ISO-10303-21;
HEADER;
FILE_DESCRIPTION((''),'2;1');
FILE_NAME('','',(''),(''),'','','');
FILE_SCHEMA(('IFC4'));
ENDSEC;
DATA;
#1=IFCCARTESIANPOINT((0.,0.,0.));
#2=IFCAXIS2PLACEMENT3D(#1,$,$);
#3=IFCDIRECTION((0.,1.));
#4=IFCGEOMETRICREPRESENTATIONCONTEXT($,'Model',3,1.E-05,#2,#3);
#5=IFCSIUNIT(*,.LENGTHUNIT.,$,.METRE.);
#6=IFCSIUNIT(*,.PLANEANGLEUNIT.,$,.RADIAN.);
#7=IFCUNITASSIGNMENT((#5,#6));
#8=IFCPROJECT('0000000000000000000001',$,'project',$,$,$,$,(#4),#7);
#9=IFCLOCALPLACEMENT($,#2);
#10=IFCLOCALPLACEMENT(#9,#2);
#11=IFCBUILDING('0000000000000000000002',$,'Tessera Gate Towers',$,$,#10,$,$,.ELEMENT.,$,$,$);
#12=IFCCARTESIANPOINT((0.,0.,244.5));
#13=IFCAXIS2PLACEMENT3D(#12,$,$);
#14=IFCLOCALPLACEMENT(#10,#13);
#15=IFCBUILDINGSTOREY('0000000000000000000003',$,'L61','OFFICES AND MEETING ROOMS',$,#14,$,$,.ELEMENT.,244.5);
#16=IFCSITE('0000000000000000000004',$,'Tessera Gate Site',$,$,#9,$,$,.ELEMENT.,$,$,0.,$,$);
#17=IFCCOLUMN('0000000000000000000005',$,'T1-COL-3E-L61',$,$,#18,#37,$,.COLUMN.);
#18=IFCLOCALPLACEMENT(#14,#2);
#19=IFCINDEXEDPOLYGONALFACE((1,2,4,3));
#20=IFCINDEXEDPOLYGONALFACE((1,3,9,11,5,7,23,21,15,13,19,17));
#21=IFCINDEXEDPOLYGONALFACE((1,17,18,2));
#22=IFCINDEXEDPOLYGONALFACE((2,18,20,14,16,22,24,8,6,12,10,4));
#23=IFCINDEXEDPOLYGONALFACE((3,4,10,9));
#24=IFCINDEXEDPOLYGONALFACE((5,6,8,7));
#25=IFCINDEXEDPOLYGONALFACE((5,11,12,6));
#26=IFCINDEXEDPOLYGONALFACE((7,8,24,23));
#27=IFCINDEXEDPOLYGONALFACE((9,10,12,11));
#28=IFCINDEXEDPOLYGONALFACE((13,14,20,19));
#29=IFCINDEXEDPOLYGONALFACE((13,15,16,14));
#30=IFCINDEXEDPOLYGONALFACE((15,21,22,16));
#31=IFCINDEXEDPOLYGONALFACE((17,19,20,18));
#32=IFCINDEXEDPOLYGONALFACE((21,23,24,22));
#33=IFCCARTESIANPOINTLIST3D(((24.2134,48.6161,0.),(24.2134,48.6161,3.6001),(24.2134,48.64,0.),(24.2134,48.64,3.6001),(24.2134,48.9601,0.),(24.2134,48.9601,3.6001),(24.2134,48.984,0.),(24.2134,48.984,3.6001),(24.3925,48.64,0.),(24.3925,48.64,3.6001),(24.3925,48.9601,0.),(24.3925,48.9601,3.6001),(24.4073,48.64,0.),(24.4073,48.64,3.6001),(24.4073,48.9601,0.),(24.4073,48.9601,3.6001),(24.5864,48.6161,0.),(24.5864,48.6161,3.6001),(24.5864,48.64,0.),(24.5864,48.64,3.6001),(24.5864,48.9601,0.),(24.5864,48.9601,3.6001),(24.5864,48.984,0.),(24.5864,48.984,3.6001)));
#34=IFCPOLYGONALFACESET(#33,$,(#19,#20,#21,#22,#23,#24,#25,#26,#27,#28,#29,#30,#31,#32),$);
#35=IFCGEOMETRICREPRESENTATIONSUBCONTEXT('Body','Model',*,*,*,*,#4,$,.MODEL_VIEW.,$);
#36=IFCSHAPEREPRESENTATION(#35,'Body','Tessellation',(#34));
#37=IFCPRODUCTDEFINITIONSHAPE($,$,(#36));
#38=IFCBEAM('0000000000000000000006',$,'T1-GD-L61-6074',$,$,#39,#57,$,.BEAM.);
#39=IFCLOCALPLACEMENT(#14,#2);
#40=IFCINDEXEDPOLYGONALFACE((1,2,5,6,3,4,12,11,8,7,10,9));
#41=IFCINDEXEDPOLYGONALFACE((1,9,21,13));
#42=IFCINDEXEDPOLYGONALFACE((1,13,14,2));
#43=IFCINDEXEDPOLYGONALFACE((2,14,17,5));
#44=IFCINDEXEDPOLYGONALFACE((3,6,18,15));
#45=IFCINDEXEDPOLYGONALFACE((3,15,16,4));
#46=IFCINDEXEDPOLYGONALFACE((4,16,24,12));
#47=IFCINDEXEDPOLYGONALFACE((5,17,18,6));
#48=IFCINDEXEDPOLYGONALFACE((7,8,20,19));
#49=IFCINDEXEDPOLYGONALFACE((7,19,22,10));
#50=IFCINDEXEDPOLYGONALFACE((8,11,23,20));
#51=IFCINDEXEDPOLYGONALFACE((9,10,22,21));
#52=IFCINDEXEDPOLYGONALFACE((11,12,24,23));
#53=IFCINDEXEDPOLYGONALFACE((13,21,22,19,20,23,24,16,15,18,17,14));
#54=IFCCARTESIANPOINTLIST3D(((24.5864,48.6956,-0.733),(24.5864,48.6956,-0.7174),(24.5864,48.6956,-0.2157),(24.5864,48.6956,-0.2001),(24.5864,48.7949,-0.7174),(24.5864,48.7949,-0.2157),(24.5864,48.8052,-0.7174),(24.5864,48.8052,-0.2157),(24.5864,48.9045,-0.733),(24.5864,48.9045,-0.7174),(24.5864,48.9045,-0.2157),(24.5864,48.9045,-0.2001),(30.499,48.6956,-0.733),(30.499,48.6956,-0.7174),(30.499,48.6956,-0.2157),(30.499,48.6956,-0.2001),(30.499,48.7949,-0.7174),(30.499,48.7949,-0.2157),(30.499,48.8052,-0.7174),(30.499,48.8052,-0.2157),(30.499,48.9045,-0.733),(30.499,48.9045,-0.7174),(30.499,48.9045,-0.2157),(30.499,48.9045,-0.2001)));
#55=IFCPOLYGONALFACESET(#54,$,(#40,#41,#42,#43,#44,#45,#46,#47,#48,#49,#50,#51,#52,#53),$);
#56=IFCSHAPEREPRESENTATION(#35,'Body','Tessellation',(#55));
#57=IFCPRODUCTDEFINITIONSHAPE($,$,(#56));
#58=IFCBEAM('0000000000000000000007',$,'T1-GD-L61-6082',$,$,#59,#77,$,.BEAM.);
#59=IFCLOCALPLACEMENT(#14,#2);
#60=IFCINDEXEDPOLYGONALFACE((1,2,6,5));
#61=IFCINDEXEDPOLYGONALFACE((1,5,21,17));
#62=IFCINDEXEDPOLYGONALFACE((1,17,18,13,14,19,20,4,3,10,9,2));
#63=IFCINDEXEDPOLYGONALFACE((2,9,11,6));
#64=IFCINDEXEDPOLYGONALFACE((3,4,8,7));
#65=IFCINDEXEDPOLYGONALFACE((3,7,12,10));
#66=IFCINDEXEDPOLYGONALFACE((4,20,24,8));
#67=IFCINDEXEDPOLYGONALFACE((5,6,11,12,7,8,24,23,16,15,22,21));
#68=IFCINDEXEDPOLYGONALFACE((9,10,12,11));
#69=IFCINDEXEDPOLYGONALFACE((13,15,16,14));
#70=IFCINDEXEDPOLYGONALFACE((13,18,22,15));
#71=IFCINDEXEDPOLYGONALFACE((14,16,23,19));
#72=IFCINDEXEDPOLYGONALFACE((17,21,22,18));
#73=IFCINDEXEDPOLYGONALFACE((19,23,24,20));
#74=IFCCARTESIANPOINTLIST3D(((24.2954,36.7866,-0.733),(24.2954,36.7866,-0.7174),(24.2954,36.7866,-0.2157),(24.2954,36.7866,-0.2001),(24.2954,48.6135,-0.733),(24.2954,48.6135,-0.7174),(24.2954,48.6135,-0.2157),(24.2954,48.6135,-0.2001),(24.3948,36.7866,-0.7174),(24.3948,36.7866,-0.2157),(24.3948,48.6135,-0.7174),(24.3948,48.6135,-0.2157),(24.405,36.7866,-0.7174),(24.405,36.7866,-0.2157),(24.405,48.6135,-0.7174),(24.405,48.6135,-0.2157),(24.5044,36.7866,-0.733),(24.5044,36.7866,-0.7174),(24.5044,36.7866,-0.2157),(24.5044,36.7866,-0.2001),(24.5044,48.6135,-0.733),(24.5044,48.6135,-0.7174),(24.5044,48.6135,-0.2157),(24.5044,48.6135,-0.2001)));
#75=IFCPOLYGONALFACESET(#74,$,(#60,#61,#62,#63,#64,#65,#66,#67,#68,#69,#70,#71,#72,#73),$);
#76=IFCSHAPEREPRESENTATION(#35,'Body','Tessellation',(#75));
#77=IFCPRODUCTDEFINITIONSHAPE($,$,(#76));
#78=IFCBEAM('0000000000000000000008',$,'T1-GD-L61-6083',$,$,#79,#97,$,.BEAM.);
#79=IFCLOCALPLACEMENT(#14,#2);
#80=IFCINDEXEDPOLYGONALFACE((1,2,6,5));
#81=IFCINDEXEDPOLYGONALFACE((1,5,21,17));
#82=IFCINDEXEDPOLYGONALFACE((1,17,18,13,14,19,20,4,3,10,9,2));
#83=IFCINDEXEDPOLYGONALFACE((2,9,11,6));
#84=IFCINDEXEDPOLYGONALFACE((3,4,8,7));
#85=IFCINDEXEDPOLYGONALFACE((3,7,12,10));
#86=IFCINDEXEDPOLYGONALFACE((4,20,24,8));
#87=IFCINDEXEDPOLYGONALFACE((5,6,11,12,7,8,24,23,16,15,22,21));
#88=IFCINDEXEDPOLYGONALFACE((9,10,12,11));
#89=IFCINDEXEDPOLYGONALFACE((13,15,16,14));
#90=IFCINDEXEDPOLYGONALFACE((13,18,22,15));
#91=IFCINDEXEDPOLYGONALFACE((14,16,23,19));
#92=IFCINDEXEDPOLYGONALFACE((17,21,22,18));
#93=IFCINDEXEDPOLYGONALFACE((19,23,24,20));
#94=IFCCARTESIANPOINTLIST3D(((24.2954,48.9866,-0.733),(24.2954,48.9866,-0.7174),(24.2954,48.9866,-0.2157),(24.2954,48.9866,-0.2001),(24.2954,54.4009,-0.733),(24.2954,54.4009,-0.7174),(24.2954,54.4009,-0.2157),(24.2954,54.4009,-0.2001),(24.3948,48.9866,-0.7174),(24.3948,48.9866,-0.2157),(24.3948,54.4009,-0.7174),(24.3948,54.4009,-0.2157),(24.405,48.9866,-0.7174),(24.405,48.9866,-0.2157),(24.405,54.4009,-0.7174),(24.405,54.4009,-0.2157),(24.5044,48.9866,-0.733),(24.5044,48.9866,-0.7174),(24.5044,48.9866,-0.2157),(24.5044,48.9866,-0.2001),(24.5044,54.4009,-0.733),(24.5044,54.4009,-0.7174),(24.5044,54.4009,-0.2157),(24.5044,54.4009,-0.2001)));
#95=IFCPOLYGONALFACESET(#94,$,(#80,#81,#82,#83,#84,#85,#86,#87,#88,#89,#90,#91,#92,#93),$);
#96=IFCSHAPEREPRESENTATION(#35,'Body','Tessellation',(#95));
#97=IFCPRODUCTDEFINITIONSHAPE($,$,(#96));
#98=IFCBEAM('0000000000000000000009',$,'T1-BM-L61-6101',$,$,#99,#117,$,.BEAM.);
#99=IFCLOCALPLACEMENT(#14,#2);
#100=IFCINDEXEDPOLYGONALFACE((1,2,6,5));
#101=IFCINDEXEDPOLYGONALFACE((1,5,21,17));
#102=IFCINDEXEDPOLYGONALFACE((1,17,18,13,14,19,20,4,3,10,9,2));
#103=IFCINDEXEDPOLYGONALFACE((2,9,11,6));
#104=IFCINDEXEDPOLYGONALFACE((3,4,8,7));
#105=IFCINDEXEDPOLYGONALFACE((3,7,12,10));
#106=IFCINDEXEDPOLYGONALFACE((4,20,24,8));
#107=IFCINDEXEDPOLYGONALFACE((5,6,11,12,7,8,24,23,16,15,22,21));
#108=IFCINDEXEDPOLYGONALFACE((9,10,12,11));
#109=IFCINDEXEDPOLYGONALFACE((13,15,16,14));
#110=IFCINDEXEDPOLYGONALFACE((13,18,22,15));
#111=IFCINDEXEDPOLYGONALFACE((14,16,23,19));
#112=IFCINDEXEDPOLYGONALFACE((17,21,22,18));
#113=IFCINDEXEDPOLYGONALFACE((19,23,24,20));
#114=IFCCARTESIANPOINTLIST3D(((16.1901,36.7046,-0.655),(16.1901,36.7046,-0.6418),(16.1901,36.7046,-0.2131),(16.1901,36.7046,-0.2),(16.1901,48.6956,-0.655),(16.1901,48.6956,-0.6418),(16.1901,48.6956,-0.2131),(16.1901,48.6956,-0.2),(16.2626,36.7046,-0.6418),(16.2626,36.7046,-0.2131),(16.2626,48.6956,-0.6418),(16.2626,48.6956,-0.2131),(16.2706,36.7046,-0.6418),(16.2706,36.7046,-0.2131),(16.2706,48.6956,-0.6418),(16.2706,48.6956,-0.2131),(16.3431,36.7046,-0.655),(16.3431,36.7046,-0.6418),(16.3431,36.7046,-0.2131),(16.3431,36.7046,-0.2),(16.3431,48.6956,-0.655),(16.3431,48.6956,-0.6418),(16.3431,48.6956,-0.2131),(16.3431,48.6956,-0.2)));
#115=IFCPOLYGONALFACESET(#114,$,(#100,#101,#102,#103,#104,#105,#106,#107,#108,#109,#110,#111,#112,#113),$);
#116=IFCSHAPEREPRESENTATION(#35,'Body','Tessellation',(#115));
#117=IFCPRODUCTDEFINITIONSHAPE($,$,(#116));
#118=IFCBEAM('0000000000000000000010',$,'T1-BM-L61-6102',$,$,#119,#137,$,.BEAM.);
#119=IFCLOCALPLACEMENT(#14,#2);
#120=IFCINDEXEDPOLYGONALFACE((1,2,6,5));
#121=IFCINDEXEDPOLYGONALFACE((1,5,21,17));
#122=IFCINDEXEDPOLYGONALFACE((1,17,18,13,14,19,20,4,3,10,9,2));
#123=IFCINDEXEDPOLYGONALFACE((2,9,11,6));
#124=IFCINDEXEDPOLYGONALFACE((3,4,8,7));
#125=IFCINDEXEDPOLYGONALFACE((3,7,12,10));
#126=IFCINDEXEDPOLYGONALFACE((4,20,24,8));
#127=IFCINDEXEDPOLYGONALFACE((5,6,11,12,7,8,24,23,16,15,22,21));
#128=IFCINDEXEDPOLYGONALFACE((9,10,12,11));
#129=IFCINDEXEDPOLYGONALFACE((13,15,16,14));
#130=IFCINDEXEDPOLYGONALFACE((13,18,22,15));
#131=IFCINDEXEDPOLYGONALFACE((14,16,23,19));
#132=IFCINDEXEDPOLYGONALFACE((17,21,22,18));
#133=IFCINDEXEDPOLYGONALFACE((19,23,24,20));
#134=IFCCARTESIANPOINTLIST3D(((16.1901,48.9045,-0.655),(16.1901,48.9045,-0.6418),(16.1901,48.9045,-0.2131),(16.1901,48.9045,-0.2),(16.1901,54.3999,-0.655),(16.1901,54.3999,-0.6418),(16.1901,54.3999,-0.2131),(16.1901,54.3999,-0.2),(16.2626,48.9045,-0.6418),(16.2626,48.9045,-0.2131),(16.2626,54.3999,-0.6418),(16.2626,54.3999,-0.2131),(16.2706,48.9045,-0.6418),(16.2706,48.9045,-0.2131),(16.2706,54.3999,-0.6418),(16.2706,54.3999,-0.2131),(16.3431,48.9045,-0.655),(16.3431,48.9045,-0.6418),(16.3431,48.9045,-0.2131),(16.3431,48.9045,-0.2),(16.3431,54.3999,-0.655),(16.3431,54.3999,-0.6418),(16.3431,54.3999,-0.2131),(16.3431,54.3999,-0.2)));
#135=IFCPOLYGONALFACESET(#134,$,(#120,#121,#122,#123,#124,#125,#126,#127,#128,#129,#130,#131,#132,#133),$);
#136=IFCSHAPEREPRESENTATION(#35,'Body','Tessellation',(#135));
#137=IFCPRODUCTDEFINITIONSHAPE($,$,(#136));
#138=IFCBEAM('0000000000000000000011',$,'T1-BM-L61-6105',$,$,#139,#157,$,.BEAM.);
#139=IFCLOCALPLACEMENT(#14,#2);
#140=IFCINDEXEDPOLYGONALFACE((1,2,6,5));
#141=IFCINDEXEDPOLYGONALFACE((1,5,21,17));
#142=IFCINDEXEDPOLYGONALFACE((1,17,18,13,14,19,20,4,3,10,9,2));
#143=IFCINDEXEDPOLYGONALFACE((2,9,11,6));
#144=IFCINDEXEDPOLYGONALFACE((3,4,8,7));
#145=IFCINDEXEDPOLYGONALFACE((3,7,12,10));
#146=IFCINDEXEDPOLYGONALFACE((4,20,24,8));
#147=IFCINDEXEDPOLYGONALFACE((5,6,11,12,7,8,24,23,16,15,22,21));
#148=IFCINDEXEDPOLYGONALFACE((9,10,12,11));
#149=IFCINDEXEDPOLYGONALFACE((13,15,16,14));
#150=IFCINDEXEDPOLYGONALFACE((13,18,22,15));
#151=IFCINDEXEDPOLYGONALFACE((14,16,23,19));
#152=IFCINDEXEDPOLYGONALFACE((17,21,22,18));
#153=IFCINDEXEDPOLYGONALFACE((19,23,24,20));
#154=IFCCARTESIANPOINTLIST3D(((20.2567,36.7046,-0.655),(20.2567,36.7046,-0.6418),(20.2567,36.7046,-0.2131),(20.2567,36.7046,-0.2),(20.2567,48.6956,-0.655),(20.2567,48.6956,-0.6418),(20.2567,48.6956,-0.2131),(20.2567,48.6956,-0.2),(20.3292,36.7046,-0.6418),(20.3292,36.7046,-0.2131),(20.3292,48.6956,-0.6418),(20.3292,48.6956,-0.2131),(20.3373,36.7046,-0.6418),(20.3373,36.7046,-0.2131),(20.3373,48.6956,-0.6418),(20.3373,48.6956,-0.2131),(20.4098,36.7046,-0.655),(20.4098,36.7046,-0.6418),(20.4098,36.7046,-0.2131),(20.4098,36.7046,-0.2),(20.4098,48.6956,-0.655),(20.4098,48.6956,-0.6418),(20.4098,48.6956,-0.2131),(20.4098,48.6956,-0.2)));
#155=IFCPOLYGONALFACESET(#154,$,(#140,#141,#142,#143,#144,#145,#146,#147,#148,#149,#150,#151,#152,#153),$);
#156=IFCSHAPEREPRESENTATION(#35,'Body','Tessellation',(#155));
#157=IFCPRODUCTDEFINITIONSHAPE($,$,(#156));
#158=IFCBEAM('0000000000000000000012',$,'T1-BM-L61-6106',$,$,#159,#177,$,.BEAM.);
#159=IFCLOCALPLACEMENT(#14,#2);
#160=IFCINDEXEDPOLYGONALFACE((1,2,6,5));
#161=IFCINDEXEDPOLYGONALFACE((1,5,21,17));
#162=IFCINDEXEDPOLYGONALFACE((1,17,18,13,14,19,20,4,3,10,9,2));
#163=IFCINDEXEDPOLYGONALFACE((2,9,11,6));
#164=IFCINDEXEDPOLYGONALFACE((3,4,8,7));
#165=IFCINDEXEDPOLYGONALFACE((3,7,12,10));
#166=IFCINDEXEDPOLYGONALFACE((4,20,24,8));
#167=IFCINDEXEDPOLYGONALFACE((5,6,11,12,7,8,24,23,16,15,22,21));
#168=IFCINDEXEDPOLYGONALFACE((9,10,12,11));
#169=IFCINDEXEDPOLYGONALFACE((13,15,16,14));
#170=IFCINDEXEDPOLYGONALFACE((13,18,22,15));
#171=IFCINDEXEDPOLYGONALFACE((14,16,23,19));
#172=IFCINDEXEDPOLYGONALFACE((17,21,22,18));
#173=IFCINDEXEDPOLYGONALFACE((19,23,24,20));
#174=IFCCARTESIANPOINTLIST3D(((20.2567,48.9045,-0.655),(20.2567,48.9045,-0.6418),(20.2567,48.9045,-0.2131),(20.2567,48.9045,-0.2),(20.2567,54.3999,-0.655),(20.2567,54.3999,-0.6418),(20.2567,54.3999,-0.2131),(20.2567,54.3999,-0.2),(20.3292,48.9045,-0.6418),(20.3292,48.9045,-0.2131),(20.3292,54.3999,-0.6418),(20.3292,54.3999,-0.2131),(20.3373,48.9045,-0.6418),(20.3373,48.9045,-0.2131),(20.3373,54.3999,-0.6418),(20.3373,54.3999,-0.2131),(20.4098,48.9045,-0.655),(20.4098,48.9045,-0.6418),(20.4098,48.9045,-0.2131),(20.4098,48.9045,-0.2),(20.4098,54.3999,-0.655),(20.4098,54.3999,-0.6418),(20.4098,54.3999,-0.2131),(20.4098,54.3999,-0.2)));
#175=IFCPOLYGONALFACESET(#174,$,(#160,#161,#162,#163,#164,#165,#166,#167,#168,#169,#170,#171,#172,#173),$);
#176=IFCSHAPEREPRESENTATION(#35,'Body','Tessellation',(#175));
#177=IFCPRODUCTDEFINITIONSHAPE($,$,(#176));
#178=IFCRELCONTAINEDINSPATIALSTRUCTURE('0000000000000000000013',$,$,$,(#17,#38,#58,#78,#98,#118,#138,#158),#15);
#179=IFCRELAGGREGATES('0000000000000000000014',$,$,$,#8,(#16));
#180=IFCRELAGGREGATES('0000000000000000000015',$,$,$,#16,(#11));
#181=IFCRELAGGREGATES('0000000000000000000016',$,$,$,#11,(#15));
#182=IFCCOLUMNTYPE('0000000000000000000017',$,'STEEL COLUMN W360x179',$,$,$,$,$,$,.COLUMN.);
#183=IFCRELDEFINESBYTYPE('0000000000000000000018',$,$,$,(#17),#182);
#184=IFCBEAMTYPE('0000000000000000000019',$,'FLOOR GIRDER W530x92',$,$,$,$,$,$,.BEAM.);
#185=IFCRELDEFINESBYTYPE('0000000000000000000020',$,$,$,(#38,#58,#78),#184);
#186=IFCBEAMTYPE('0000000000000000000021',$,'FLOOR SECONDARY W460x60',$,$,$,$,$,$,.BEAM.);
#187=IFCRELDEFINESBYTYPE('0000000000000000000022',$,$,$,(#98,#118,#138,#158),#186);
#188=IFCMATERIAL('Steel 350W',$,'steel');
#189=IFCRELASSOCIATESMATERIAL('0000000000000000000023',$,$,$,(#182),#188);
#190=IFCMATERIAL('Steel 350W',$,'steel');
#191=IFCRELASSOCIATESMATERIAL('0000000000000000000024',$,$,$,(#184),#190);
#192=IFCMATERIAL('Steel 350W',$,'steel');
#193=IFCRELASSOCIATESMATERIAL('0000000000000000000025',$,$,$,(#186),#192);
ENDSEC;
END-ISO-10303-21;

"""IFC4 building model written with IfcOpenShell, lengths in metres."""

from ifc_helpers import new_model, si_unit, direction, frame, origin, origin_2d, place, context, subcontext, project, spatial, i_section, extrude, material, material_profile, profile_set, type_object, element, save


model = new_model("IFC4")

# Units and contexts
model_context = context("Model", 3, precision=1e-05, world=origin(), true_north=direction((0.0, 1.0)))
body_context = subcontext(model_context, "Body", "Model", "MODEL_VIEW")
ifc_project = project(units=[si_unit("LENGTHUNIT", "METRE"), si_unit("PLANEANGLEUNIT", "RADIAN")], contexts=[model_context])

# Site, building, storey
site_placement = place(None, origin())
site = spatial("IfcSite", under=ifc_project, at=site_placement, Name="Tessera Gate Site", CompositionType="ELEMENT", RefElevation=0.0)
building_placement = place(site_placement, origin())
building = spatial("IfcBuilding", under=site, at=building_placement, Name="Tessera Gate Towers", CompositionType="ELEMENT")
storey_placement = place(building_placement, frame((0.0, 0.0, 244.5)))
storey = spatial("IfcBuildingStorey", under=building, at=storey_placement, Name="L61", Description="OFFICES AND MEETING ROOMS", CompositionType="ELEMENT", Elevation=244.5)

# Column
ifc_material_1 = material(Name="Steel 350W", Category="steel")
ifc_material_profile_1 = material_profile(ifc_material_1, i_section(OverallWidth=0.373, OverallDepth=0.3679, WebThickness=0.0149, FlangeThickness=0.0239, at=origin_2d()), Name="W360x179")
ifc_profile_set_1 = profile_set([ifc_material_profile_1], Name="Steel 350W")
column_type = type_object("IfcColumnType", Name="STEEL COLUMN W360x179", PredefinedType="COLUMN", material=ifc_profile_set_1)
column_placement = place(storey_placement, frame((24.3999, 48.8, 0.0), z_axis=(0.0, 0.0, 1.0), x_axis=(1.0, 0.0, 0.0)))
element("IfcColumn", 1, at=column_placement, inside=storey, type_object=column_type, Name="T1-COL-3E-L61", PredefinedType="COLUMN", context=body_context, shape_type="SweptSolid", body=[
    extrude(i_section(OverallWidth=0.373, OverallDepth=0.3679, WebThickness=0.0149, FlangeThickness=0.0239, at=origin_2d()), origin(), (0.0, 0.0, 1.0), 3.6001),
])

# Beams
ifc_material_2 = material(Name="Steel 350W", Category="steel")
ifc_material_profile_2 = material_profile(ifc_material_2, i_section(OverallWidth=0.209, OverallDepth=0.533, WebThickness=0.0103, FlangeThickness=0.0156, at=origin_2d()), Name="W530x92")
ifc_profile_set_2 = profile_set([ifc_material_profile_2], Name="Steel 350W")
beam_type_1 = type_object("IfcBeamType", Name="FLOOR GIRDER W530x92", PredefinedType="BEAM", material=ifc_profile_set_2)
beam_1_placement = place(storey_placement, frame((24.5864, 48.8, -0.4666), z_axis=(1.0, 0.0, 0.0), x_axis=(0.0, 1.0, 0.0)))
element("IfcBeam", 2, at=beam_1_placement, inside=storey, type_object=beam_type_1, Name="T1-GD-L61-6074", PredefinedType="BEAM", context=body_context, shape_type="SweptSolid", body=[
    extrude(i_section(OverallWidth=0.209, OverallDepth=0.533, WebThickness=0.0103, FlangeThickness=0.0156, at=origin_2d()), origin(), (0.0, 0.0, 1.0), 5.9126),
])
beam_2_placement = place(storey_placement, frame((24.3999, 36.7866, -0.4666), z_axis=(0.0, 1.0, 0.0), x_axis=(-1.0, 0.0, 0.0)))
element("IfcBeam", 3, at=beam_2_placement, inside=storey, type_object=beam_type_1, Name="T1-GD-L61-6082", PredefinedType="BEAM", context=body_context, shape_type="SweptSolid", body=[
    extrude(i_section(OverallWidth=0.209, OverallDepth=0.533, WebThickness=0.0103, FlangeThickness=0.0156, at=origin_2d()), origin(), (0.0, 0.0, 1.0), 11.8269),
])
beam_3_placement = place(storey_placement, frame((24.3999, 48.9866, -0.4666), z_axis=(0.0, 1.0, 0.0), x_axis=(-1.0, 0.0, 0.0)))
element("IfcBeam", 4, at=beam_3_placement, inside=storey, type_object=beam_type_1, Name="T1-GD-L61-6083", PredefinedType="BEAM", context=body_context, shape_type="SweptSolid", body=[
    extrude(i_section(OverallWidth=0.209, OverallDepth=0.533, WebThickness=0.0103, FlangeThickness=0.0156, at=origin_2d()), origin(), (0.0, 0.0, 1.0), 5.4143),
])
ifc_material_3 = material(Name="Steel 350W", Category="steel")
ifc_material_profile_3 = material_profile(ifc_material_3, i_section(OverallWidth=0.1531, OverallDepth=0.4551, WebThickness=0.0081, FlangeThickness=0.0132, at=origin_2d()), Name="W460x60")
ifc_profile_set_3 = profile_set([ifc_material_profile_3], Name="Steel 350W")
beam_type_2 = type_object("IfcBeamType", Name="FLOOR SECONDARY W460x60", PredefinedType="BEAM", material=ifc_profile_set_3)
beam_4_placement = place(storey_placement, frame((16.2666, 36.7046, -0.4275), z_axis=(0.0, 1.0, 0.0), x_axis=(-1.0, 0.0, 0.0)))
element("IfcBeam", 5, at=beam_4_placement, inside=storey, type_object=beam_type_2, Name="T1-BM-L61-6101", PredefinedType="BEAM", context=body_context, shape_type="SweptSolid", body=[
    extrude(i_section(OverallWidth=0.1531, OverallDepth=0.4551, WebThickness=0.0081, FlangeThickness=0.0132, at=origin_2d()), origin(), (0.0, 0.0, 1.0), 11.991),
])
beam_5_placement = place(storey_placement, frame((16.2666, 48.9045, -0.4275), z_axis=(0.0, 1.0, 0.0), x_axis=(-1.0, 0.0, 0.0)))
element("IfcBeam", 6, at=beam_5_placement, inside=storey, type_object=beam_type_2, Name="T1-BM-L61-6102", PredefinedType="BEAM", context=body_context, shape_type="SweptSolid", body=[
    extrude(i_section(OverallWidth=0.1531, OverallDepth=0.4551, WebThickness=0.0081, FlangeThickness=0.0132, at=origin_2d()), origin(), (0.0, 0.0, 1.0), 5.4954),
])
beam_6_placement = place(storey_placement, frame((20.3333, 36.7046, -0.4275), z_axis=(0.0, 1.0, 0.0), x_axis=(-1.0, 0.0, 0.0)))
element("IfcBeam", 7, at=beam_6_placement, inside=storey, type_object=beam_type_2, Name="T1-BM-L61-6105", PredefinedType="BEAM", context=body_context, shape_type="SweptSolid", body=[
    extrude(i_section(OverallWidth=0.1531, OverallDepth=0.4551, WebThickness=0.0081, FlangeThickness=0.0132, at=origin_2d()), origin(), (0.0, 0.0, 1.0), 11.991),
])
beam_7_placement = place(storey_placement, frame((20.3333, 48.9045, -0.4275), z_axis=(0.0, 1.0, 0.0), x_axis=(-1.0, 0.0, 0.0)))
element("IfcBeam", 8, at=beam_7_placement, inside=storey, type_object=beam_type_2, Name="T1-BM-L61-6106", PredefinedType="BEAM", context=body_context, shape_type="SweptSolid", body=[
    extrude(i_section(OverallWidth=0.1531, OverallDepth=0.4551, WebThickness=0.0081, FlangeThickness=0.0132, at=origin_2d()), origin(), (0.0, 0.0, 1.0), 5.4954),
])

save(model, "model.ifc")
